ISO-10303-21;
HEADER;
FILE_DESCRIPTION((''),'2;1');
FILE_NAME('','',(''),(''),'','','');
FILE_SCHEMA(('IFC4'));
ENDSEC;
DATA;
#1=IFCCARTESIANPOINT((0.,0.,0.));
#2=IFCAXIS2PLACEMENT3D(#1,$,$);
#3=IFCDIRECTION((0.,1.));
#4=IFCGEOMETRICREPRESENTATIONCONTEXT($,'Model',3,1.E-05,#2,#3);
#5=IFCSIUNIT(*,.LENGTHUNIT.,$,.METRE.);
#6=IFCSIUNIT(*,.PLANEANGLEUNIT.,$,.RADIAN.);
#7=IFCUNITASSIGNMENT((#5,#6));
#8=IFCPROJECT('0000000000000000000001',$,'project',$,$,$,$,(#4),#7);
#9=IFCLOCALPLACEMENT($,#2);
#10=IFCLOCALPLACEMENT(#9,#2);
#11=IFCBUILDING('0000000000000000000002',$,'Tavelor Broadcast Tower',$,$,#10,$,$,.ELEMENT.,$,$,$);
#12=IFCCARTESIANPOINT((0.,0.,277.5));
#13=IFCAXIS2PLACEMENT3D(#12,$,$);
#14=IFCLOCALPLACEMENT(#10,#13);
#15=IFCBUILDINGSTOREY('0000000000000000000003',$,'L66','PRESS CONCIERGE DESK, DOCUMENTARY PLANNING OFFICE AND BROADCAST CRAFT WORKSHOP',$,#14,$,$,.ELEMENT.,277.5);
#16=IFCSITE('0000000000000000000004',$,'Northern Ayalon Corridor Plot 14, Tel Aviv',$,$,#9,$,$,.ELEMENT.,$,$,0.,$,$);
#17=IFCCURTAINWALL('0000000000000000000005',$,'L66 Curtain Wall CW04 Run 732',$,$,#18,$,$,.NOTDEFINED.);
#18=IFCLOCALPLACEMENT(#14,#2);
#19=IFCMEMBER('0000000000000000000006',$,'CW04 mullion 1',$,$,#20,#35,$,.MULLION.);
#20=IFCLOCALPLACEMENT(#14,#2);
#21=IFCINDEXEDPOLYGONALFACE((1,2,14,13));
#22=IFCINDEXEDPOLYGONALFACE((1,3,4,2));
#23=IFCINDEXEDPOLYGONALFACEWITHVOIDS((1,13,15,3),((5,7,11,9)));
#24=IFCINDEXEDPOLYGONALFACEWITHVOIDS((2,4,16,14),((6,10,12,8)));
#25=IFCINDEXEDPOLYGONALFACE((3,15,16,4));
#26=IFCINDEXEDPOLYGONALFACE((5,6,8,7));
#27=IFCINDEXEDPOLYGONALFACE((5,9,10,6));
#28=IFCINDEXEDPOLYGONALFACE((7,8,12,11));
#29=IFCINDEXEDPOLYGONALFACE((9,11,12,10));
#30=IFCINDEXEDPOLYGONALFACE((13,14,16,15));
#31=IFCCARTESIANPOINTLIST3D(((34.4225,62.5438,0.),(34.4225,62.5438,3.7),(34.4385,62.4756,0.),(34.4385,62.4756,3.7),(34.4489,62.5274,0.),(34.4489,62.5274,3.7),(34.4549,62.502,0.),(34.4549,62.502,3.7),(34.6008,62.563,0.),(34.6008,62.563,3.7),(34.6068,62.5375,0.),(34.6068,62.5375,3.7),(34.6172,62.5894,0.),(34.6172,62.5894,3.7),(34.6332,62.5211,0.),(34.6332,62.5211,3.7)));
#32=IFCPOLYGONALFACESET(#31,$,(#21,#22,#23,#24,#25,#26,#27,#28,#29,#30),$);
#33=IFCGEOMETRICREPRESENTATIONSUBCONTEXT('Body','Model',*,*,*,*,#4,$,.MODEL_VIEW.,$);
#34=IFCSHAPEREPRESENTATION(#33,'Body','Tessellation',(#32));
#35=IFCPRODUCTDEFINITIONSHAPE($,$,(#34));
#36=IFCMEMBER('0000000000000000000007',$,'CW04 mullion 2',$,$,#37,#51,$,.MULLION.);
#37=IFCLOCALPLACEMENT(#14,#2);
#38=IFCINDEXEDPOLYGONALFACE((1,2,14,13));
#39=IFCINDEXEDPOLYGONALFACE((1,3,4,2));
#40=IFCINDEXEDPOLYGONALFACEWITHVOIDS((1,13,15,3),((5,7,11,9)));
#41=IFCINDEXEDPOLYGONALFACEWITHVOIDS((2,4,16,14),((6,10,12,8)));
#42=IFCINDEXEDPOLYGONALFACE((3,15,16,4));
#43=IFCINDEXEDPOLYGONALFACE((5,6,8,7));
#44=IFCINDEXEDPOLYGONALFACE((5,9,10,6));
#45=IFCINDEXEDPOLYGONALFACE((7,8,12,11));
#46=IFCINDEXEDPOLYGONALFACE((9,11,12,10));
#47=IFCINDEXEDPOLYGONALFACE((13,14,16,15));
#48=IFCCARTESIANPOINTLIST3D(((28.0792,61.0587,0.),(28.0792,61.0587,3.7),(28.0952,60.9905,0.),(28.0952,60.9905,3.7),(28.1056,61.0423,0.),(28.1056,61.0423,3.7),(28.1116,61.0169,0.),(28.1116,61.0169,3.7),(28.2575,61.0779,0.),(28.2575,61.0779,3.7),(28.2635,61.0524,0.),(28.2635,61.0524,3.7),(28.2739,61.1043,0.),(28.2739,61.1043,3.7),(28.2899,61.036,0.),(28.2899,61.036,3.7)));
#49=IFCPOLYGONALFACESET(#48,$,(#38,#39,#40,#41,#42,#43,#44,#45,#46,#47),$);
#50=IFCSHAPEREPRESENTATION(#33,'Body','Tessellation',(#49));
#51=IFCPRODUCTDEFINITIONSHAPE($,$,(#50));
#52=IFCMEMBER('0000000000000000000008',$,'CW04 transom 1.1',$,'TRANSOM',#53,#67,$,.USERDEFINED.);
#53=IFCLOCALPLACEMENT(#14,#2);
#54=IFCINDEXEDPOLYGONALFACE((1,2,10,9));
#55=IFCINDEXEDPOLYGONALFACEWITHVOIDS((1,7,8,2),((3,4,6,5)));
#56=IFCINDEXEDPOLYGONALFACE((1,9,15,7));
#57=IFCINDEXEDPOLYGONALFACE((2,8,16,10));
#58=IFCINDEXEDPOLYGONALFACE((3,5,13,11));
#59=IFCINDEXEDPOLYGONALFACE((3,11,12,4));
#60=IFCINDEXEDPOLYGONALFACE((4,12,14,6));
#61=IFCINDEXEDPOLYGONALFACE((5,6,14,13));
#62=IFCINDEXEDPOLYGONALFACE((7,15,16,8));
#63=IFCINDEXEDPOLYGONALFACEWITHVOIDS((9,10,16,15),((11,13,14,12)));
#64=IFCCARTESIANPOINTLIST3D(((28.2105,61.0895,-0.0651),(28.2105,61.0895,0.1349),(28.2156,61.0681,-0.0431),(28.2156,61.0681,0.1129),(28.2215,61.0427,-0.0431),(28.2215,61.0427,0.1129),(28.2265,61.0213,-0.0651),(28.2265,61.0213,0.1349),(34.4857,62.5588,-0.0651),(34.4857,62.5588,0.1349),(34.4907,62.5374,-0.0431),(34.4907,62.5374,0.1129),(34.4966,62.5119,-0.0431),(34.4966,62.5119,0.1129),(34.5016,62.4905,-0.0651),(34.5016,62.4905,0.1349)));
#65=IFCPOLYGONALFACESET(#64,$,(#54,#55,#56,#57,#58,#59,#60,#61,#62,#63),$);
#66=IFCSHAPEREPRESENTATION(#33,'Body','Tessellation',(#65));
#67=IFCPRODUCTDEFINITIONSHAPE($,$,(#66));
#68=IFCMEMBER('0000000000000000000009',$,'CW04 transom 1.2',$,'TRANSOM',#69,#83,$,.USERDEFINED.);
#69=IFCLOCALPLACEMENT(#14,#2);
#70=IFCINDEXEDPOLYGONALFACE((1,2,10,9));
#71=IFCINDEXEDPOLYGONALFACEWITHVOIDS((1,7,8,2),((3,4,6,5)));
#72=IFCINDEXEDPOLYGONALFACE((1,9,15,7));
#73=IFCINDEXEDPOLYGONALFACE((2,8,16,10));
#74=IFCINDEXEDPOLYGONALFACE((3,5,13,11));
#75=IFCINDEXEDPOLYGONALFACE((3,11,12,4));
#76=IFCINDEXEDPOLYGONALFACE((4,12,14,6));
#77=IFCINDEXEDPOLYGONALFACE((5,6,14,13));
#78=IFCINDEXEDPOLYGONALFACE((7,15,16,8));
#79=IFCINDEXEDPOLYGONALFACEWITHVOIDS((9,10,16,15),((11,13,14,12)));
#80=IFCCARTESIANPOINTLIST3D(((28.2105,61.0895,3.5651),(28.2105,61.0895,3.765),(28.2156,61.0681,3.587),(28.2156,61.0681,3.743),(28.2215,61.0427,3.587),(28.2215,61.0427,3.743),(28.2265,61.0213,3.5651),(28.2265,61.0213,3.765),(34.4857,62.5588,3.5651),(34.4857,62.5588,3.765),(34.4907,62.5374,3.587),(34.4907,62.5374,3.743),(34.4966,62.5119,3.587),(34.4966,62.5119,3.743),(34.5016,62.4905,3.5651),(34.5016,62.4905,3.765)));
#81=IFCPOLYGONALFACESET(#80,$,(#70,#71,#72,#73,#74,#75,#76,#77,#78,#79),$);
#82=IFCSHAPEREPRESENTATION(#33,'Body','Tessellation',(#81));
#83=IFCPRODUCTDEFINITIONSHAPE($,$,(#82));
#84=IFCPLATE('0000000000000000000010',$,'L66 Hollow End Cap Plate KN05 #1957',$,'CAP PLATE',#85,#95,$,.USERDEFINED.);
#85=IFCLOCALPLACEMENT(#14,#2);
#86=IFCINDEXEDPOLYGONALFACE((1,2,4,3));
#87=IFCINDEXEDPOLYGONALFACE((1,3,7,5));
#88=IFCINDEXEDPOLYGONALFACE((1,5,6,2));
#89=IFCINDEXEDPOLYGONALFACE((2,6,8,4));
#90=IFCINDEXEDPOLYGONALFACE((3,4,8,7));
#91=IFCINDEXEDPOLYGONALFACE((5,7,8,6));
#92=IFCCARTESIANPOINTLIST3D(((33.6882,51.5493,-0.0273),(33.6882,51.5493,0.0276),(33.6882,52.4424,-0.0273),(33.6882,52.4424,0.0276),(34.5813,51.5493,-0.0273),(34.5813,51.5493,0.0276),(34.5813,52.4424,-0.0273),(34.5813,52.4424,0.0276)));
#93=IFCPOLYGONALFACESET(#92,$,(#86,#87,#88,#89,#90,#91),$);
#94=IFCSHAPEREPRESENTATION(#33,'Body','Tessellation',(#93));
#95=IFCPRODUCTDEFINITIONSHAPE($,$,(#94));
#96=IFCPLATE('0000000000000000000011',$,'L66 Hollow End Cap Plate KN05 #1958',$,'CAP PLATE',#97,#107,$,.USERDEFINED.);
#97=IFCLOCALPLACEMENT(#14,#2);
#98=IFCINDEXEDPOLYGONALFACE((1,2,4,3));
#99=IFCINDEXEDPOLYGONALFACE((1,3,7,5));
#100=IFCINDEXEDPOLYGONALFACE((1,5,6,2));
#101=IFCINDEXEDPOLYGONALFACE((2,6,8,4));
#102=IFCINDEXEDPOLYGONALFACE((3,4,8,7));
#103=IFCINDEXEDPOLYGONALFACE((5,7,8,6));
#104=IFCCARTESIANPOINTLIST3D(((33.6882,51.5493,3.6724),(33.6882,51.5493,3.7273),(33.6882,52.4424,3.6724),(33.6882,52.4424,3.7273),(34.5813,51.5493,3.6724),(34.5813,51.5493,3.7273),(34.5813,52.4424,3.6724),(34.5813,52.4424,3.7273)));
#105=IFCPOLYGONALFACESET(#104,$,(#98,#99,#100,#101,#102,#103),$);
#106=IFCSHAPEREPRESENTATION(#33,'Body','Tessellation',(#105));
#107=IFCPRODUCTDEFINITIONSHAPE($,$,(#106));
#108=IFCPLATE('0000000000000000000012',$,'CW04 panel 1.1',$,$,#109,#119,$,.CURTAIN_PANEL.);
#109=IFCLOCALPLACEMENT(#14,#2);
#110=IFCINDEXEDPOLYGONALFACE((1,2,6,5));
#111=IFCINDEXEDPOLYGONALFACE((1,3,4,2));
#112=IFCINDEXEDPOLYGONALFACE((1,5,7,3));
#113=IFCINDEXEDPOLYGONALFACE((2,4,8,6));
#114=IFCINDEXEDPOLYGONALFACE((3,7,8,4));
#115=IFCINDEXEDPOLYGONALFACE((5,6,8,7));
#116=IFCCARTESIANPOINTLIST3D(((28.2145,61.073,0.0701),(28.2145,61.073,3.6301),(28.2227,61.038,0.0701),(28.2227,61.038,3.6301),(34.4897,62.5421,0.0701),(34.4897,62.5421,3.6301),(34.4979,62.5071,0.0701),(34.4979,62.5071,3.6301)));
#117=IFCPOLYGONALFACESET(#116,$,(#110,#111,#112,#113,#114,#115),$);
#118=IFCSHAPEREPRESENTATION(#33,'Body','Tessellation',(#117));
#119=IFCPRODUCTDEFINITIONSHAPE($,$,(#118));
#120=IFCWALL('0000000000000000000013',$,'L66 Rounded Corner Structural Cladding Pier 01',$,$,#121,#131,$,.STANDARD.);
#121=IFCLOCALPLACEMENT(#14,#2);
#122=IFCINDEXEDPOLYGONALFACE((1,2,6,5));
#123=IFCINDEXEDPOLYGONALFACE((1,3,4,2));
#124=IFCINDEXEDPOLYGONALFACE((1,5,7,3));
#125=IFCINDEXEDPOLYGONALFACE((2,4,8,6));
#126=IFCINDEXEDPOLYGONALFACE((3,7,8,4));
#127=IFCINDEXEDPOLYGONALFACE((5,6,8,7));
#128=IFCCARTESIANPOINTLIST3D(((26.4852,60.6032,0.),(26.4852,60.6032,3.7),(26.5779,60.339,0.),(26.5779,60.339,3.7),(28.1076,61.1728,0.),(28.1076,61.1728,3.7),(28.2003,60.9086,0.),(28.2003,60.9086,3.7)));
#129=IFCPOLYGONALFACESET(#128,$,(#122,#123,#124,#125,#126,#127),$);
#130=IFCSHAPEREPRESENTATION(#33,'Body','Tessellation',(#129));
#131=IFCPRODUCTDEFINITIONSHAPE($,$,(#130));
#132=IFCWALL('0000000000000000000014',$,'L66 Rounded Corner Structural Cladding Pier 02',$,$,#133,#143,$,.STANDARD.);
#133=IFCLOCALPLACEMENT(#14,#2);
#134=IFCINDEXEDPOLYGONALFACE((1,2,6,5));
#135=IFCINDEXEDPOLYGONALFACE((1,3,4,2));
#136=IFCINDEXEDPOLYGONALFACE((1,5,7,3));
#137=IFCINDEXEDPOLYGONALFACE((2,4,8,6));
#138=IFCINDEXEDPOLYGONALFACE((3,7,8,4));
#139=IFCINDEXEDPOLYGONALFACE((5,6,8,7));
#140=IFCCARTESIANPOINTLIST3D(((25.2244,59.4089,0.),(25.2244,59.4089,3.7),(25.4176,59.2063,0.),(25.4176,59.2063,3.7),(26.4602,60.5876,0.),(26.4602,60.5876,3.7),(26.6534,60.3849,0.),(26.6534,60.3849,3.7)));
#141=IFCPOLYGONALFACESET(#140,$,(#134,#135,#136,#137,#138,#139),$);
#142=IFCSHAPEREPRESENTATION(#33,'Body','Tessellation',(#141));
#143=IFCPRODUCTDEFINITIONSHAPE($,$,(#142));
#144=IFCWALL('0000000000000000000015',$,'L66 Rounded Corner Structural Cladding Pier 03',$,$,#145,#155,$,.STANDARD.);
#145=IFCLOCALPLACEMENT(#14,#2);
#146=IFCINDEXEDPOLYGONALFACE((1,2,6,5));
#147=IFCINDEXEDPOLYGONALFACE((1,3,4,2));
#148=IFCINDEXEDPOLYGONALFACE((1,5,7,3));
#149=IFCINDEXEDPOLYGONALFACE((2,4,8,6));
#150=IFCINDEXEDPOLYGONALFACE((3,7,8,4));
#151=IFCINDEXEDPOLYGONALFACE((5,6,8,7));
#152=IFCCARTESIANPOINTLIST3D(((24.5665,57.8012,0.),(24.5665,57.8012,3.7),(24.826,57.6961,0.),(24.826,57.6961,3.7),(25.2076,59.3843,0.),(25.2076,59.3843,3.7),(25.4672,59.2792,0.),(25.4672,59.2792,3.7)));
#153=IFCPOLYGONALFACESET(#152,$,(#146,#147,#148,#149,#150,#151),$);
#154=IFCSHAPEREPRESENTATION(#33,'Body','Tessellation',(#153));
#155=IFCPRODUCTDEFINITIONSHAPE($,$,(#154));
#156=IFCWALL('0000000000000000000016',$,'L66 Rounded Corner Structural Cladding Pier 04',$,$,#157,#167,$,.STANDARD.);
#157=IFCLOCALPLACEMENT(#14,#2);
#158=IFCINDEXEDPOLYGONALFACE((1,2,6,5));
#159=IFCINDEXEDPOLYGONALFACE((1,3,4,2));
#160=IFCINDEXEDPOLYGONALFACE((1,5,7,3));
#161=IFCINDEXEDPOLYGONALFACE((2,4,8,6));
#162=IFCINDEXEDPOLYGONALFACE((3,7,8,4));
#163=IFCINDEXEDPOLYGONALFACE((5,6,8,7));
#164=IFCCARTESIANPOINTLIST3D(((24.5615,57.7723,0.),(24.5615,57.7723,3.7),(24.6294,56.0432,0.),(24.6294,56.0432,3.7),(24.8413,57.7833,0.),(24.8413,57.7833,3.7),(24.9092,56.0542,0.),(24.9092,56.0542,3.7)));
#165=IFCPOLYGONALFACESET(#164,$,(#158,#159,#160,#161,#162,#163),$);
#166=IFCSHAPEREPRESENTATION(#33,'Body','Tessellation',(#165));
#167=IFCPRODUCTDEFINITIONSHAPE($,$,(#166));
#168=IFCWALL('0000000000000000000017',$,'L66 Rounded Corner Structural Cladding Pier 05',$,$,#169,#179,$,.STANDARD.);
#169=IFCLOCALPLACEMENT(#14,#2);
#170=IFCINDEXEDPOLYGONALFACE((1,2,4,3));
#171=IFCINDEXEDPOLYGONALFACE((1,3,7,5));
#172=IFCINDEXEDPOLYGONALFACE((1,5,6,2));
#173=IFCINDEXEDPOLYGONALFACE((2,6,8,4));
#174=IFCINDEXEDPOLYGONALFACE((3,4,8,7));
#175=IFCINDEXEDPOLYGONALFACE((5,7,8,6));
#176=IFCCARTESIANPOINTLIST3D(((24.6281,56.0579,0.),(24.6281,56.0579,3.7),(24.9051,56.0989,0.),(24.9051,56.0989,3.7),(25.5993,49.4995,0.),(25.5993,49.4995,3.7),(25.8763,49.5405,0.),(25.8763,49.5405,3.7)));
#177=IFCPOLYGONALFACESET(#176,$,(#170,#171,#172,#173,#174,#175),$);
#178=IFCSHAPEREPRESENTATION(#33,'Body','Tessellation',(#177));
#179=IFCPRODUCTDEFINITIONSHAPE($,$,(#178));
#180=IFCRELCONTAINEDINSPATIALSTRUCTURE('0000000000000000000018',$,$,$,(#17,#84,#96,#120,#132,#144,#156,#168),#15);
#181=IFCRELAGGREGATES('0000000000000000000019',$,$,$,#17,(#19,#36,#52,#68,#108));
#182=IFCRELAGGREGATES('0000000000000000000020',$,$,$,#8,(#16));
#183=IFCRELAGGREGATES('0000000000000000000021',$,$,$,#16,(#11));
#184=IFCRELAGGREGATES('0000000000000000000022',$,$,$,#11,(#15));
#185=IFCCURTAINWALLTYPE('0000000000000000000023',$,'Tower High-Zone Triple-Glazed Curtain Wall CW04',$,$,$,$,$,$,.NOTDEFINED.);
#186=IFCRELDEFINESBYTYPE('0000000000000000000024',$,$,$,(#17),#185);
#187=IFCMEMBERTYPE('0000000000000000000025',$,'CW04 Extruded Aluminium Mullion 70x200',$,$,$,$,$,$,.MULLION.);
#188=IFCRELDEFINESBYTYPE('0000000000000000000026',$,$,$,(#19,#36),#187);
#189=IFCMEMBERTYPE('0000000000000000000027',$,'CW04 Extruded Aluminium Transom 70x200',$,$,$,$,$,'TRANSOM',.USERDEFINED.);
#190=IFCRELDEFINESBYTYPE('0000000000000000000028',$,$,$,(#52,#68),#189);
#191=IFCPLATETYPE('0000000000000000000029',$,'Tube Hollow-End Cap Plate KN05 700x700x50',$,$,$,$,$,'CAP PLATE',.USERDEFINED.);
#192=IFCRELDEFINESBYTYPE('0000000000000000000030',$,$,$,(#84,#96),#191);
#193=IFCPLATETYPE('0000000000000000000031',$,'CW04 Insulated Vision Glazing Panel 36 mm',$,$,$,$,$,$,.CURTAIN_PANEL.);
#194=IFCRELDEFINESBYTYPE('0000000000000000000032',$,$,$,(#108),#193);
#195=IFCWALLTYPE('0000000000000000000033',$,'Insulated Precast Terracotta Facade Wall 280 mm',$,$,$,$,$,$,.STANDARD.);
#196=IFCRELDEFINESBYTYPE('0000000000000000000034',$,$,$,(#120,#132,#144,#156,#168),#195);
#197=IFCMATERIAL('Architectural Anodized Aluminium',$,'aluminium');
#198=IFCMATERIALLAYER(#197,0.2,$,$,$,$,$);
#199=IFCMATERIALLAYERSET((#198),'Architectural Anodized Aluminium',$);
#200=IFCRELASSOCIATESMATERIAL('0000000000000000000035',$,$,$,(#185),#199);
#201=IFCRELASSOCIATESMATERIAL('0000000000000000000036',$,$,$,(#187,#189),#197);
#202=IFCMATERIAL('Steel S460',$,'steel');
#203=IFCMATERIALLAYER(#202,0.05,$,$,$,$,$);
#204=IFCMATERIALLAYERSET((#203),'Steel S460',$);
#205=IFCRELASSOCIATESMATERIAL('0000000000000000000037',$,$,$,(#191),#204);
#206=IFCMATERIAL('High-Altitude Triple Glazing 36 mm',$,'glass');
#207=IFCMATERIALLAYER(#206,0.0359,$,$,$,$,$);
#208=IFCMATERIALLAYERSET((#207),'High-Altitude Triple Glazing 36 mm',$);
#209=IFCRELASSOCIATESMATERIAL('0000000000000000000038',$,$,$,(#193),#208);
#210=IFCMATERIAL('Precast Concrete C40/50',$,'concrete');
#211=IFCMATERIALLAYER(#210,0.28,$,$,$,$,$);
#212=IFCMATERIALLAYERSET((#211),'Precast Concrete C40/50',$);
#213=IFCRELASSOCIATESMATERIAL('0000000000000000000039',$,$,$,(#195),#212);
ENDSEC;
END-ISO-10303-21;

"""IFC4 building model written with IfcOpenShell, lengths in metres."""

from ifc_helpers import new_model, si_unit, direction, frame, frame_2d, origin, origin_2d, place, context, subcontext, project, spatial, rectangle, hollow_rectangle, extrude, source, transform, mapped, material, layer, layer_set, material_profile, profile_set, type_object, type_shapes, element, aggregate, save


model = new_model("IFC4")

# Units and contexts
model_context = context("Model", 3, precision=1e-05, world=origin(), true_north=direction((0.0, 1.0)))
body_context = subcontext(model_context, "Body", "Model", "MODEL_VIEW")
ifc_project = project(units=[si_unit("LENGTHUNIT", "METRE"), si_unit("PLANEANGLEUNIT", "RADIAN")], contexts=[model_context])

# Site, building, storey
site_placement = place(None, origin())
site = spatial("IfcSite", under=ifc_project, at=site_placement, Name="Northern Ayalon Corridor Plot 14, Tel Aviv", CompositionType="ELEMENT", RefElevation=0.0)
building_placement = place(site_placement, origin())
building = spatial("IfcBuilding", under=site, at=building_placement, Name="Tavelor Broadcast Tower", CompositionType="ELEMENT")
storey_placement = place(building_placement, frame((0.0, 0.0, 277.5)))
storey = spatial("IfcBuildingStorey", under=building, at=storey_placement, Name="L66", Description="PRESS CONCIERGE DESK, DOCUMENTARY PLANNING OFFICE AND BROADCAST CRAFT WORKSHOP", CompositionType="ELEMENT", Elevation=277.5)

# Shared definitions
ifc_material_1 = material(Name="Steel S460", Category="steel")

# Shared definitions
ifc_material_2 = material(Name="Architectural Anodized Aluminium", Category="aluminium")
ifc_layer_1 = layer(ifc_material_2, 0.2)
ifc_layer_set_1 = layer_set([ifc_layer_1], Name="Architectural Anodized Aluminium")
curtain_wall_type = type_object("IfcCurtainWallType", Name="Tower High-Zone Triple-Glazed Curtain Wall CW04", PredefinedType="NOTDEFINED", material=ifc_layer_set_1)
ifc_material_profile_1 = material_profile(ifc_material_2, hollow_rectangle(XDim=0.0701, YDim=0.2, WallThickness=0.022, at=origin_2d()), Name="RHS 70x200x22")
ifc_profile_set_1 = profile_set([ifc_material_profile_1], Name="Architectural Anodized Aluminium")
member_type_1 = type_object("IfcMemberType", Name="CW04 Extruded Aluminium Mullion 70x200", PredefinedType="MULLION", material=ifc_profile_set_1)
shared_shape_1 = source(origin(), body_context, "Body", "SweptSolid", [
    extrude(hollow_rectangle(XDim=0.0701, YDim=0.2, WallThickness=0.022, at=origin_2d()), origin(), (0.0, 0.0, 1.0), 3.7),
])
type_shapes(member_type_1, [shared_shape_1])

# Curtain wall, members
curtain_wall_1_placement = place(storey_placement, origin())
curtain_wall_1 = element("IfcCurtainWall", 1, at=curtain_wall_1_placement, inside=storey, type_object=curtain_wall_type, Name="L66 Curtain Wall CW04 Run 732", PredefinedType="NOTDEFINED")
member_1_placement = place(storey_placement, frame((34.5278, 62.5325, 0.0), z_axis=(0.0, 0.0, 1.0), x_axis=(0.227951, -0.973673, 0.0)))
member_1 = element("IfcMember", 2, at=member_1_placement, type_object=member_type_1, Name="CW04 mullion 1", PredefinedType="MULLION", context=body_context, shape_type="MappedRepresentation", body=[
    mapped(shared_shape_1, transform((0.0, 0.0, 0.0), scale=1.0)),
])
member_2_placement = place(storey_placement, frame((28.1846, 61.0474, 0.0), z_axis=(0.0, 0.0, 1.0), x_axis=(0.227951, -0.973673, 0.0)))
member_2 = element("IfcMember", 3, at=member_2_placement, type_object=member_type_1, Name="CW04 mullion 2", PredefinedType="MULLION", context=body_context, shape_type="MappedRepresentation", body=[
    mapped(shared_shape_1, transform((0.0, 0.0, 0.0), scale=1.0)),
])
ifc_material_profile_2 = material_profile(ifc_material_2, hollow_rectangle(XDim=0.0701, YDim=0.2, WallThickness=0.022, at=origin_2d()), Name="RHS 70x200x22")
ifc_profile_set_2 = profile_set([ifc_material_profile_2], Name="Architectural Anodized Aluminium")
member_type_2 = type_object("IfcMemberType", Name="CW04 Extruded Aluminium Transom 70x200", ElementType="TRANSOM", PredefinedType="USERDEFINED", material=ifc_profile_set_2)
shared_shape_2 = source(origin(), body_context, "Body", "SweptSolid", [
    extrude(hollow_rectangle(XDim=0.0701, YDim=0.2, WallThickness=0.022, at=origin_2d()), origin(), (0.0, 0.0, 1.0), 6.4448),
])
type_shapes(member_type_2, [shared_shape_2])
member_3_placement = place(storey_placement, frame((34.4937, 62.5247, 0.0349), z_axis=(-0.973668, -0.227971, 0.0), x_axis=(0.227971, -0.973668, 0.0)))
member_3 = element("IfcMember", 4, at=member_3_placement, type_object=member_type_2, Name="CW04 transom 1.1", ObjectType="TRANSOM", PredefinedType="USERDEFINED", context=body_context, shape_type="MappedRepresentation", body=[
    mapped(shared_shape_2, transform((0.0, 0.0, 0.0), scale=1.0)),
])
member_4_placement = place(storey_placement, frame((34.4937, 62.5247, 3.665), z_axis=(-0.973668, -0.227971, 0.0), x_axis=(0.227971, -0.973668, 0.0)))
member_4 = element("IfcMember", 5, at=member_4_placement, type_object=member_type_2, Name="CW04 transom 1.2", ObjectType="TRANSOM", PredefinedType="USERDEFINED", context=body_context, shape_type="MappedRepresentation", body=[
    mapped(shared_shape_2, transform((0.0, 0.0, 0.0), scale=1.0)),
])

# Plates
ifc_layer_2 = layer(ifc_material_1, 0.05)
ifc_layer_set_2 = layer_set([ifc_layer_2], Name="Steel S460")
plate_type_1 = type_object("IfcPlateType", Name="Tube Hollow-End Cap Plate KN05 700x700x50", ElementType="CAP PLATE", PredefinedType="USERDEFINED", material=ifc_layer_set_2)
shared_shape_3 = source(origin(), body_context, "Body", "SweptSolid", [
    extrude(rectangle(XDim=0.8931, YDim=0.8931, at=origin_2d()), origin(), (0.0, 0.0, 1.0), 0.0549),
])
type_shapes(plate_type_1, [shared_shape_3])
for number, where, z_axis, x_axis, name in (
    (6, (34.1348, 51.9958, -0.0273), (0.0, 0.0, 1.0), (1.0, 0.0, 0.0), "L66 Hollow End Cap Plate KN05 #1957"),
    (7, (34.1348, 51.9958, 3.6724), (0.0, 0.0, 1.0), (1.0, 0.0, 0.0), "L66 Hollow End Cap Plate KN05 #1958"),
):
    element("IfcPlate", number, at=place(storey_placement, frame(where, z_axis=z_axis, x_axis=x_axis)), inside=storey, type_object=plate_type_1, Name=name, ObjectType="CAP PLATE", PredefinedType="USERDEFINED", context=body_context, shape_type="MappedRepresentation", body=[
        mapped(shared_shape_3, transform((0.0, 0.0, 0.0), scale=1.0)),
    ])

# Plate
ifc_material_3 = material(Name="High-Altitude Triple Glazing 36 mm", Category="glass")
ifc_layer_3 = layer(ifc_material_3, 0.0359)
ifc_layer_set_3 = layer_set([ifc_layer_3], Name="High-Altitude Triple Glazing 36 mm")
plate_type_2 = type_object("IfcPlateType", Name="CW04 Insulated Vision Glazing Panel 36 mm", PredefinedType="CURTAIN_PANEL", material=ifc_layer_set_3)
shared_shape_4 = source(origin(), body_context, "Body", "SweptSolid", [
    extrude(rectangle(XDim=6.4448, YDim=0.0359, at=origin_2d()), origin(), (0.0, 0.0, 1.0), 3.5601),
])
type_shapes(plate_type_2, [shared_shape_4])
plate_placement = place(storey_placement, frame((31.3562, 61.79, 0.0701), z_axis=(0.0, 0.0, 1.0), x_axis=(-0.973673, -0.227951, 0.0)))
plate = element("IfcPlate", 8, at=plate_placement, type_object=plate_type_2, Name="CW04 panel 1.1", PredefinedType="CURTAIN_PANEL", context=body_context, shape_type="MappedRepresentation", body=[
    mapped(shared_shape_4, transform((0.0, 0.0, 0.0), scale=1.0)),
])
aggregate(curtain_wall_1, [member_1, member_2, member_3, member_4, plate])

# Walls
ifc_material_4 = material(Name="Precast Concrete C40/50", Category="concrete")
ifc_layer_4 = layer(ifc_material_4, 0.28)
ifc_layer_set_4 = layer_set([ifc_layer_4], Name="Precast Concrete C40/50")
wall_type_1 = type_object("IfcWallType", Name="Insulated Precast Terracotta Facade Wall 280 mm", PredefinedType="STANDARD", material=ifc_layer_set_4)
wall_1_placement = place(storey_placement, frame((28.1541, 61.0408, 0.0), z_axis=(0.0, 0.0, 1.0), x_axis=(-0.943537, -0.331267, 0.0)))
element("IfcWall", 9, at=wall_1_placement, inside=storey, type_object=wall_type_1, Name="L66 Rounded Corner Structural Cladding Pier 01", PredefinedType="STANDARD", context=body_context, shape_type="SweptSolid", body=[
    extrude(rectangle(XDim=1.7195, YDim=0.28, at=frame_2d((0.8599, 0.0))), origin(), (0.0, 0.0, 1.0), 3.7),
])
wall_2_placement = place(storey_placement, frame((26.5569, 60.4863, 0.0), z_axis=(0.0, 0.0, 1.0), x_axis=(-0.723635, -0.690183, 0.0)))
element("IfcWall", 10, at=wall_2_placement, inside=storey, type_object=wall_type_1, Name="L66 Rounded Corner Structural Cladding Pier 02", PredefinedType="STANDARD", context=body_context, shape_type="SweptSolid", body=[
    extrude(rectangle(XDim=1.7078, YDim=0.28, at=frame_2d((0.854, 0.0))), origin(), (0.0, 0.0, 1.0), 3.7),
])
wall_3_placement = place(storey_placement, frame((25.3374, 59.3318, 0.0), z_axis=(0.0, 0.0, 1.0), x_axis=(-0.37538, -0.926871, 0.0)))
element("IfcWall", 11, at=wall_3_placement, inside=storey, type_object=wall_type_1, Name="L66 Rounded Corner Structural Cladding Pier 03", PredefinedType="STANDARD", context=body_context, shape_type="SweptSolid", body=[
    extrude(rectangle(XDim=1.708, YDim=0.28, at=frame_2d((0.854, 0.0))), origin(), (0.0, 0.0, 1.0), 3.7),
])
wall_4_placement = place(storey_placement, frame((24.7014, 57.7778, 0.0), z_axis=(0.0, 0.0, 1.0), x_axis=(0.039219, -0.999231, 0.0)))
element("IfcWall", 12, at=wall_4_placement, inside=storey, type_object=wall_type_1, Name="L66 Rounded Corner Structural Cladding Pier 04", PredefinedType="STANDARD", context=body_context, shape_type="SweptSolid", body=[
    extrude(rectangle(XDim=1.7305, YDim=0.28, at=frame_2d((0.8652, 0.0))), origin(), (0.0, 0.0, 1.0), 3.7),
])
wall_5_placement = place(storey_placement, frame((24.7666, 56.0784, 0.0), z_axis=(0.0, 0.0, 1.0), x_axis=(0.146487, -0.989213, 0.0)))
element("IfcWall", 13, at=wall_5_placement, inside=storey, type_object=wall_type_1, Name="L66 Rounded Corner Structural Cladding Pier 05", PredefinedType="STANDARD", context=body_context, shape_type="SweptSolid", body=[
    extrude(rectangle(XDim=6.6299, YDim=0.28, at=frame_2d((3.3149, 0.0))), origin(), (0.0, 0.0, 1.0), 3.7),
])

save(model, "model.ifc")
